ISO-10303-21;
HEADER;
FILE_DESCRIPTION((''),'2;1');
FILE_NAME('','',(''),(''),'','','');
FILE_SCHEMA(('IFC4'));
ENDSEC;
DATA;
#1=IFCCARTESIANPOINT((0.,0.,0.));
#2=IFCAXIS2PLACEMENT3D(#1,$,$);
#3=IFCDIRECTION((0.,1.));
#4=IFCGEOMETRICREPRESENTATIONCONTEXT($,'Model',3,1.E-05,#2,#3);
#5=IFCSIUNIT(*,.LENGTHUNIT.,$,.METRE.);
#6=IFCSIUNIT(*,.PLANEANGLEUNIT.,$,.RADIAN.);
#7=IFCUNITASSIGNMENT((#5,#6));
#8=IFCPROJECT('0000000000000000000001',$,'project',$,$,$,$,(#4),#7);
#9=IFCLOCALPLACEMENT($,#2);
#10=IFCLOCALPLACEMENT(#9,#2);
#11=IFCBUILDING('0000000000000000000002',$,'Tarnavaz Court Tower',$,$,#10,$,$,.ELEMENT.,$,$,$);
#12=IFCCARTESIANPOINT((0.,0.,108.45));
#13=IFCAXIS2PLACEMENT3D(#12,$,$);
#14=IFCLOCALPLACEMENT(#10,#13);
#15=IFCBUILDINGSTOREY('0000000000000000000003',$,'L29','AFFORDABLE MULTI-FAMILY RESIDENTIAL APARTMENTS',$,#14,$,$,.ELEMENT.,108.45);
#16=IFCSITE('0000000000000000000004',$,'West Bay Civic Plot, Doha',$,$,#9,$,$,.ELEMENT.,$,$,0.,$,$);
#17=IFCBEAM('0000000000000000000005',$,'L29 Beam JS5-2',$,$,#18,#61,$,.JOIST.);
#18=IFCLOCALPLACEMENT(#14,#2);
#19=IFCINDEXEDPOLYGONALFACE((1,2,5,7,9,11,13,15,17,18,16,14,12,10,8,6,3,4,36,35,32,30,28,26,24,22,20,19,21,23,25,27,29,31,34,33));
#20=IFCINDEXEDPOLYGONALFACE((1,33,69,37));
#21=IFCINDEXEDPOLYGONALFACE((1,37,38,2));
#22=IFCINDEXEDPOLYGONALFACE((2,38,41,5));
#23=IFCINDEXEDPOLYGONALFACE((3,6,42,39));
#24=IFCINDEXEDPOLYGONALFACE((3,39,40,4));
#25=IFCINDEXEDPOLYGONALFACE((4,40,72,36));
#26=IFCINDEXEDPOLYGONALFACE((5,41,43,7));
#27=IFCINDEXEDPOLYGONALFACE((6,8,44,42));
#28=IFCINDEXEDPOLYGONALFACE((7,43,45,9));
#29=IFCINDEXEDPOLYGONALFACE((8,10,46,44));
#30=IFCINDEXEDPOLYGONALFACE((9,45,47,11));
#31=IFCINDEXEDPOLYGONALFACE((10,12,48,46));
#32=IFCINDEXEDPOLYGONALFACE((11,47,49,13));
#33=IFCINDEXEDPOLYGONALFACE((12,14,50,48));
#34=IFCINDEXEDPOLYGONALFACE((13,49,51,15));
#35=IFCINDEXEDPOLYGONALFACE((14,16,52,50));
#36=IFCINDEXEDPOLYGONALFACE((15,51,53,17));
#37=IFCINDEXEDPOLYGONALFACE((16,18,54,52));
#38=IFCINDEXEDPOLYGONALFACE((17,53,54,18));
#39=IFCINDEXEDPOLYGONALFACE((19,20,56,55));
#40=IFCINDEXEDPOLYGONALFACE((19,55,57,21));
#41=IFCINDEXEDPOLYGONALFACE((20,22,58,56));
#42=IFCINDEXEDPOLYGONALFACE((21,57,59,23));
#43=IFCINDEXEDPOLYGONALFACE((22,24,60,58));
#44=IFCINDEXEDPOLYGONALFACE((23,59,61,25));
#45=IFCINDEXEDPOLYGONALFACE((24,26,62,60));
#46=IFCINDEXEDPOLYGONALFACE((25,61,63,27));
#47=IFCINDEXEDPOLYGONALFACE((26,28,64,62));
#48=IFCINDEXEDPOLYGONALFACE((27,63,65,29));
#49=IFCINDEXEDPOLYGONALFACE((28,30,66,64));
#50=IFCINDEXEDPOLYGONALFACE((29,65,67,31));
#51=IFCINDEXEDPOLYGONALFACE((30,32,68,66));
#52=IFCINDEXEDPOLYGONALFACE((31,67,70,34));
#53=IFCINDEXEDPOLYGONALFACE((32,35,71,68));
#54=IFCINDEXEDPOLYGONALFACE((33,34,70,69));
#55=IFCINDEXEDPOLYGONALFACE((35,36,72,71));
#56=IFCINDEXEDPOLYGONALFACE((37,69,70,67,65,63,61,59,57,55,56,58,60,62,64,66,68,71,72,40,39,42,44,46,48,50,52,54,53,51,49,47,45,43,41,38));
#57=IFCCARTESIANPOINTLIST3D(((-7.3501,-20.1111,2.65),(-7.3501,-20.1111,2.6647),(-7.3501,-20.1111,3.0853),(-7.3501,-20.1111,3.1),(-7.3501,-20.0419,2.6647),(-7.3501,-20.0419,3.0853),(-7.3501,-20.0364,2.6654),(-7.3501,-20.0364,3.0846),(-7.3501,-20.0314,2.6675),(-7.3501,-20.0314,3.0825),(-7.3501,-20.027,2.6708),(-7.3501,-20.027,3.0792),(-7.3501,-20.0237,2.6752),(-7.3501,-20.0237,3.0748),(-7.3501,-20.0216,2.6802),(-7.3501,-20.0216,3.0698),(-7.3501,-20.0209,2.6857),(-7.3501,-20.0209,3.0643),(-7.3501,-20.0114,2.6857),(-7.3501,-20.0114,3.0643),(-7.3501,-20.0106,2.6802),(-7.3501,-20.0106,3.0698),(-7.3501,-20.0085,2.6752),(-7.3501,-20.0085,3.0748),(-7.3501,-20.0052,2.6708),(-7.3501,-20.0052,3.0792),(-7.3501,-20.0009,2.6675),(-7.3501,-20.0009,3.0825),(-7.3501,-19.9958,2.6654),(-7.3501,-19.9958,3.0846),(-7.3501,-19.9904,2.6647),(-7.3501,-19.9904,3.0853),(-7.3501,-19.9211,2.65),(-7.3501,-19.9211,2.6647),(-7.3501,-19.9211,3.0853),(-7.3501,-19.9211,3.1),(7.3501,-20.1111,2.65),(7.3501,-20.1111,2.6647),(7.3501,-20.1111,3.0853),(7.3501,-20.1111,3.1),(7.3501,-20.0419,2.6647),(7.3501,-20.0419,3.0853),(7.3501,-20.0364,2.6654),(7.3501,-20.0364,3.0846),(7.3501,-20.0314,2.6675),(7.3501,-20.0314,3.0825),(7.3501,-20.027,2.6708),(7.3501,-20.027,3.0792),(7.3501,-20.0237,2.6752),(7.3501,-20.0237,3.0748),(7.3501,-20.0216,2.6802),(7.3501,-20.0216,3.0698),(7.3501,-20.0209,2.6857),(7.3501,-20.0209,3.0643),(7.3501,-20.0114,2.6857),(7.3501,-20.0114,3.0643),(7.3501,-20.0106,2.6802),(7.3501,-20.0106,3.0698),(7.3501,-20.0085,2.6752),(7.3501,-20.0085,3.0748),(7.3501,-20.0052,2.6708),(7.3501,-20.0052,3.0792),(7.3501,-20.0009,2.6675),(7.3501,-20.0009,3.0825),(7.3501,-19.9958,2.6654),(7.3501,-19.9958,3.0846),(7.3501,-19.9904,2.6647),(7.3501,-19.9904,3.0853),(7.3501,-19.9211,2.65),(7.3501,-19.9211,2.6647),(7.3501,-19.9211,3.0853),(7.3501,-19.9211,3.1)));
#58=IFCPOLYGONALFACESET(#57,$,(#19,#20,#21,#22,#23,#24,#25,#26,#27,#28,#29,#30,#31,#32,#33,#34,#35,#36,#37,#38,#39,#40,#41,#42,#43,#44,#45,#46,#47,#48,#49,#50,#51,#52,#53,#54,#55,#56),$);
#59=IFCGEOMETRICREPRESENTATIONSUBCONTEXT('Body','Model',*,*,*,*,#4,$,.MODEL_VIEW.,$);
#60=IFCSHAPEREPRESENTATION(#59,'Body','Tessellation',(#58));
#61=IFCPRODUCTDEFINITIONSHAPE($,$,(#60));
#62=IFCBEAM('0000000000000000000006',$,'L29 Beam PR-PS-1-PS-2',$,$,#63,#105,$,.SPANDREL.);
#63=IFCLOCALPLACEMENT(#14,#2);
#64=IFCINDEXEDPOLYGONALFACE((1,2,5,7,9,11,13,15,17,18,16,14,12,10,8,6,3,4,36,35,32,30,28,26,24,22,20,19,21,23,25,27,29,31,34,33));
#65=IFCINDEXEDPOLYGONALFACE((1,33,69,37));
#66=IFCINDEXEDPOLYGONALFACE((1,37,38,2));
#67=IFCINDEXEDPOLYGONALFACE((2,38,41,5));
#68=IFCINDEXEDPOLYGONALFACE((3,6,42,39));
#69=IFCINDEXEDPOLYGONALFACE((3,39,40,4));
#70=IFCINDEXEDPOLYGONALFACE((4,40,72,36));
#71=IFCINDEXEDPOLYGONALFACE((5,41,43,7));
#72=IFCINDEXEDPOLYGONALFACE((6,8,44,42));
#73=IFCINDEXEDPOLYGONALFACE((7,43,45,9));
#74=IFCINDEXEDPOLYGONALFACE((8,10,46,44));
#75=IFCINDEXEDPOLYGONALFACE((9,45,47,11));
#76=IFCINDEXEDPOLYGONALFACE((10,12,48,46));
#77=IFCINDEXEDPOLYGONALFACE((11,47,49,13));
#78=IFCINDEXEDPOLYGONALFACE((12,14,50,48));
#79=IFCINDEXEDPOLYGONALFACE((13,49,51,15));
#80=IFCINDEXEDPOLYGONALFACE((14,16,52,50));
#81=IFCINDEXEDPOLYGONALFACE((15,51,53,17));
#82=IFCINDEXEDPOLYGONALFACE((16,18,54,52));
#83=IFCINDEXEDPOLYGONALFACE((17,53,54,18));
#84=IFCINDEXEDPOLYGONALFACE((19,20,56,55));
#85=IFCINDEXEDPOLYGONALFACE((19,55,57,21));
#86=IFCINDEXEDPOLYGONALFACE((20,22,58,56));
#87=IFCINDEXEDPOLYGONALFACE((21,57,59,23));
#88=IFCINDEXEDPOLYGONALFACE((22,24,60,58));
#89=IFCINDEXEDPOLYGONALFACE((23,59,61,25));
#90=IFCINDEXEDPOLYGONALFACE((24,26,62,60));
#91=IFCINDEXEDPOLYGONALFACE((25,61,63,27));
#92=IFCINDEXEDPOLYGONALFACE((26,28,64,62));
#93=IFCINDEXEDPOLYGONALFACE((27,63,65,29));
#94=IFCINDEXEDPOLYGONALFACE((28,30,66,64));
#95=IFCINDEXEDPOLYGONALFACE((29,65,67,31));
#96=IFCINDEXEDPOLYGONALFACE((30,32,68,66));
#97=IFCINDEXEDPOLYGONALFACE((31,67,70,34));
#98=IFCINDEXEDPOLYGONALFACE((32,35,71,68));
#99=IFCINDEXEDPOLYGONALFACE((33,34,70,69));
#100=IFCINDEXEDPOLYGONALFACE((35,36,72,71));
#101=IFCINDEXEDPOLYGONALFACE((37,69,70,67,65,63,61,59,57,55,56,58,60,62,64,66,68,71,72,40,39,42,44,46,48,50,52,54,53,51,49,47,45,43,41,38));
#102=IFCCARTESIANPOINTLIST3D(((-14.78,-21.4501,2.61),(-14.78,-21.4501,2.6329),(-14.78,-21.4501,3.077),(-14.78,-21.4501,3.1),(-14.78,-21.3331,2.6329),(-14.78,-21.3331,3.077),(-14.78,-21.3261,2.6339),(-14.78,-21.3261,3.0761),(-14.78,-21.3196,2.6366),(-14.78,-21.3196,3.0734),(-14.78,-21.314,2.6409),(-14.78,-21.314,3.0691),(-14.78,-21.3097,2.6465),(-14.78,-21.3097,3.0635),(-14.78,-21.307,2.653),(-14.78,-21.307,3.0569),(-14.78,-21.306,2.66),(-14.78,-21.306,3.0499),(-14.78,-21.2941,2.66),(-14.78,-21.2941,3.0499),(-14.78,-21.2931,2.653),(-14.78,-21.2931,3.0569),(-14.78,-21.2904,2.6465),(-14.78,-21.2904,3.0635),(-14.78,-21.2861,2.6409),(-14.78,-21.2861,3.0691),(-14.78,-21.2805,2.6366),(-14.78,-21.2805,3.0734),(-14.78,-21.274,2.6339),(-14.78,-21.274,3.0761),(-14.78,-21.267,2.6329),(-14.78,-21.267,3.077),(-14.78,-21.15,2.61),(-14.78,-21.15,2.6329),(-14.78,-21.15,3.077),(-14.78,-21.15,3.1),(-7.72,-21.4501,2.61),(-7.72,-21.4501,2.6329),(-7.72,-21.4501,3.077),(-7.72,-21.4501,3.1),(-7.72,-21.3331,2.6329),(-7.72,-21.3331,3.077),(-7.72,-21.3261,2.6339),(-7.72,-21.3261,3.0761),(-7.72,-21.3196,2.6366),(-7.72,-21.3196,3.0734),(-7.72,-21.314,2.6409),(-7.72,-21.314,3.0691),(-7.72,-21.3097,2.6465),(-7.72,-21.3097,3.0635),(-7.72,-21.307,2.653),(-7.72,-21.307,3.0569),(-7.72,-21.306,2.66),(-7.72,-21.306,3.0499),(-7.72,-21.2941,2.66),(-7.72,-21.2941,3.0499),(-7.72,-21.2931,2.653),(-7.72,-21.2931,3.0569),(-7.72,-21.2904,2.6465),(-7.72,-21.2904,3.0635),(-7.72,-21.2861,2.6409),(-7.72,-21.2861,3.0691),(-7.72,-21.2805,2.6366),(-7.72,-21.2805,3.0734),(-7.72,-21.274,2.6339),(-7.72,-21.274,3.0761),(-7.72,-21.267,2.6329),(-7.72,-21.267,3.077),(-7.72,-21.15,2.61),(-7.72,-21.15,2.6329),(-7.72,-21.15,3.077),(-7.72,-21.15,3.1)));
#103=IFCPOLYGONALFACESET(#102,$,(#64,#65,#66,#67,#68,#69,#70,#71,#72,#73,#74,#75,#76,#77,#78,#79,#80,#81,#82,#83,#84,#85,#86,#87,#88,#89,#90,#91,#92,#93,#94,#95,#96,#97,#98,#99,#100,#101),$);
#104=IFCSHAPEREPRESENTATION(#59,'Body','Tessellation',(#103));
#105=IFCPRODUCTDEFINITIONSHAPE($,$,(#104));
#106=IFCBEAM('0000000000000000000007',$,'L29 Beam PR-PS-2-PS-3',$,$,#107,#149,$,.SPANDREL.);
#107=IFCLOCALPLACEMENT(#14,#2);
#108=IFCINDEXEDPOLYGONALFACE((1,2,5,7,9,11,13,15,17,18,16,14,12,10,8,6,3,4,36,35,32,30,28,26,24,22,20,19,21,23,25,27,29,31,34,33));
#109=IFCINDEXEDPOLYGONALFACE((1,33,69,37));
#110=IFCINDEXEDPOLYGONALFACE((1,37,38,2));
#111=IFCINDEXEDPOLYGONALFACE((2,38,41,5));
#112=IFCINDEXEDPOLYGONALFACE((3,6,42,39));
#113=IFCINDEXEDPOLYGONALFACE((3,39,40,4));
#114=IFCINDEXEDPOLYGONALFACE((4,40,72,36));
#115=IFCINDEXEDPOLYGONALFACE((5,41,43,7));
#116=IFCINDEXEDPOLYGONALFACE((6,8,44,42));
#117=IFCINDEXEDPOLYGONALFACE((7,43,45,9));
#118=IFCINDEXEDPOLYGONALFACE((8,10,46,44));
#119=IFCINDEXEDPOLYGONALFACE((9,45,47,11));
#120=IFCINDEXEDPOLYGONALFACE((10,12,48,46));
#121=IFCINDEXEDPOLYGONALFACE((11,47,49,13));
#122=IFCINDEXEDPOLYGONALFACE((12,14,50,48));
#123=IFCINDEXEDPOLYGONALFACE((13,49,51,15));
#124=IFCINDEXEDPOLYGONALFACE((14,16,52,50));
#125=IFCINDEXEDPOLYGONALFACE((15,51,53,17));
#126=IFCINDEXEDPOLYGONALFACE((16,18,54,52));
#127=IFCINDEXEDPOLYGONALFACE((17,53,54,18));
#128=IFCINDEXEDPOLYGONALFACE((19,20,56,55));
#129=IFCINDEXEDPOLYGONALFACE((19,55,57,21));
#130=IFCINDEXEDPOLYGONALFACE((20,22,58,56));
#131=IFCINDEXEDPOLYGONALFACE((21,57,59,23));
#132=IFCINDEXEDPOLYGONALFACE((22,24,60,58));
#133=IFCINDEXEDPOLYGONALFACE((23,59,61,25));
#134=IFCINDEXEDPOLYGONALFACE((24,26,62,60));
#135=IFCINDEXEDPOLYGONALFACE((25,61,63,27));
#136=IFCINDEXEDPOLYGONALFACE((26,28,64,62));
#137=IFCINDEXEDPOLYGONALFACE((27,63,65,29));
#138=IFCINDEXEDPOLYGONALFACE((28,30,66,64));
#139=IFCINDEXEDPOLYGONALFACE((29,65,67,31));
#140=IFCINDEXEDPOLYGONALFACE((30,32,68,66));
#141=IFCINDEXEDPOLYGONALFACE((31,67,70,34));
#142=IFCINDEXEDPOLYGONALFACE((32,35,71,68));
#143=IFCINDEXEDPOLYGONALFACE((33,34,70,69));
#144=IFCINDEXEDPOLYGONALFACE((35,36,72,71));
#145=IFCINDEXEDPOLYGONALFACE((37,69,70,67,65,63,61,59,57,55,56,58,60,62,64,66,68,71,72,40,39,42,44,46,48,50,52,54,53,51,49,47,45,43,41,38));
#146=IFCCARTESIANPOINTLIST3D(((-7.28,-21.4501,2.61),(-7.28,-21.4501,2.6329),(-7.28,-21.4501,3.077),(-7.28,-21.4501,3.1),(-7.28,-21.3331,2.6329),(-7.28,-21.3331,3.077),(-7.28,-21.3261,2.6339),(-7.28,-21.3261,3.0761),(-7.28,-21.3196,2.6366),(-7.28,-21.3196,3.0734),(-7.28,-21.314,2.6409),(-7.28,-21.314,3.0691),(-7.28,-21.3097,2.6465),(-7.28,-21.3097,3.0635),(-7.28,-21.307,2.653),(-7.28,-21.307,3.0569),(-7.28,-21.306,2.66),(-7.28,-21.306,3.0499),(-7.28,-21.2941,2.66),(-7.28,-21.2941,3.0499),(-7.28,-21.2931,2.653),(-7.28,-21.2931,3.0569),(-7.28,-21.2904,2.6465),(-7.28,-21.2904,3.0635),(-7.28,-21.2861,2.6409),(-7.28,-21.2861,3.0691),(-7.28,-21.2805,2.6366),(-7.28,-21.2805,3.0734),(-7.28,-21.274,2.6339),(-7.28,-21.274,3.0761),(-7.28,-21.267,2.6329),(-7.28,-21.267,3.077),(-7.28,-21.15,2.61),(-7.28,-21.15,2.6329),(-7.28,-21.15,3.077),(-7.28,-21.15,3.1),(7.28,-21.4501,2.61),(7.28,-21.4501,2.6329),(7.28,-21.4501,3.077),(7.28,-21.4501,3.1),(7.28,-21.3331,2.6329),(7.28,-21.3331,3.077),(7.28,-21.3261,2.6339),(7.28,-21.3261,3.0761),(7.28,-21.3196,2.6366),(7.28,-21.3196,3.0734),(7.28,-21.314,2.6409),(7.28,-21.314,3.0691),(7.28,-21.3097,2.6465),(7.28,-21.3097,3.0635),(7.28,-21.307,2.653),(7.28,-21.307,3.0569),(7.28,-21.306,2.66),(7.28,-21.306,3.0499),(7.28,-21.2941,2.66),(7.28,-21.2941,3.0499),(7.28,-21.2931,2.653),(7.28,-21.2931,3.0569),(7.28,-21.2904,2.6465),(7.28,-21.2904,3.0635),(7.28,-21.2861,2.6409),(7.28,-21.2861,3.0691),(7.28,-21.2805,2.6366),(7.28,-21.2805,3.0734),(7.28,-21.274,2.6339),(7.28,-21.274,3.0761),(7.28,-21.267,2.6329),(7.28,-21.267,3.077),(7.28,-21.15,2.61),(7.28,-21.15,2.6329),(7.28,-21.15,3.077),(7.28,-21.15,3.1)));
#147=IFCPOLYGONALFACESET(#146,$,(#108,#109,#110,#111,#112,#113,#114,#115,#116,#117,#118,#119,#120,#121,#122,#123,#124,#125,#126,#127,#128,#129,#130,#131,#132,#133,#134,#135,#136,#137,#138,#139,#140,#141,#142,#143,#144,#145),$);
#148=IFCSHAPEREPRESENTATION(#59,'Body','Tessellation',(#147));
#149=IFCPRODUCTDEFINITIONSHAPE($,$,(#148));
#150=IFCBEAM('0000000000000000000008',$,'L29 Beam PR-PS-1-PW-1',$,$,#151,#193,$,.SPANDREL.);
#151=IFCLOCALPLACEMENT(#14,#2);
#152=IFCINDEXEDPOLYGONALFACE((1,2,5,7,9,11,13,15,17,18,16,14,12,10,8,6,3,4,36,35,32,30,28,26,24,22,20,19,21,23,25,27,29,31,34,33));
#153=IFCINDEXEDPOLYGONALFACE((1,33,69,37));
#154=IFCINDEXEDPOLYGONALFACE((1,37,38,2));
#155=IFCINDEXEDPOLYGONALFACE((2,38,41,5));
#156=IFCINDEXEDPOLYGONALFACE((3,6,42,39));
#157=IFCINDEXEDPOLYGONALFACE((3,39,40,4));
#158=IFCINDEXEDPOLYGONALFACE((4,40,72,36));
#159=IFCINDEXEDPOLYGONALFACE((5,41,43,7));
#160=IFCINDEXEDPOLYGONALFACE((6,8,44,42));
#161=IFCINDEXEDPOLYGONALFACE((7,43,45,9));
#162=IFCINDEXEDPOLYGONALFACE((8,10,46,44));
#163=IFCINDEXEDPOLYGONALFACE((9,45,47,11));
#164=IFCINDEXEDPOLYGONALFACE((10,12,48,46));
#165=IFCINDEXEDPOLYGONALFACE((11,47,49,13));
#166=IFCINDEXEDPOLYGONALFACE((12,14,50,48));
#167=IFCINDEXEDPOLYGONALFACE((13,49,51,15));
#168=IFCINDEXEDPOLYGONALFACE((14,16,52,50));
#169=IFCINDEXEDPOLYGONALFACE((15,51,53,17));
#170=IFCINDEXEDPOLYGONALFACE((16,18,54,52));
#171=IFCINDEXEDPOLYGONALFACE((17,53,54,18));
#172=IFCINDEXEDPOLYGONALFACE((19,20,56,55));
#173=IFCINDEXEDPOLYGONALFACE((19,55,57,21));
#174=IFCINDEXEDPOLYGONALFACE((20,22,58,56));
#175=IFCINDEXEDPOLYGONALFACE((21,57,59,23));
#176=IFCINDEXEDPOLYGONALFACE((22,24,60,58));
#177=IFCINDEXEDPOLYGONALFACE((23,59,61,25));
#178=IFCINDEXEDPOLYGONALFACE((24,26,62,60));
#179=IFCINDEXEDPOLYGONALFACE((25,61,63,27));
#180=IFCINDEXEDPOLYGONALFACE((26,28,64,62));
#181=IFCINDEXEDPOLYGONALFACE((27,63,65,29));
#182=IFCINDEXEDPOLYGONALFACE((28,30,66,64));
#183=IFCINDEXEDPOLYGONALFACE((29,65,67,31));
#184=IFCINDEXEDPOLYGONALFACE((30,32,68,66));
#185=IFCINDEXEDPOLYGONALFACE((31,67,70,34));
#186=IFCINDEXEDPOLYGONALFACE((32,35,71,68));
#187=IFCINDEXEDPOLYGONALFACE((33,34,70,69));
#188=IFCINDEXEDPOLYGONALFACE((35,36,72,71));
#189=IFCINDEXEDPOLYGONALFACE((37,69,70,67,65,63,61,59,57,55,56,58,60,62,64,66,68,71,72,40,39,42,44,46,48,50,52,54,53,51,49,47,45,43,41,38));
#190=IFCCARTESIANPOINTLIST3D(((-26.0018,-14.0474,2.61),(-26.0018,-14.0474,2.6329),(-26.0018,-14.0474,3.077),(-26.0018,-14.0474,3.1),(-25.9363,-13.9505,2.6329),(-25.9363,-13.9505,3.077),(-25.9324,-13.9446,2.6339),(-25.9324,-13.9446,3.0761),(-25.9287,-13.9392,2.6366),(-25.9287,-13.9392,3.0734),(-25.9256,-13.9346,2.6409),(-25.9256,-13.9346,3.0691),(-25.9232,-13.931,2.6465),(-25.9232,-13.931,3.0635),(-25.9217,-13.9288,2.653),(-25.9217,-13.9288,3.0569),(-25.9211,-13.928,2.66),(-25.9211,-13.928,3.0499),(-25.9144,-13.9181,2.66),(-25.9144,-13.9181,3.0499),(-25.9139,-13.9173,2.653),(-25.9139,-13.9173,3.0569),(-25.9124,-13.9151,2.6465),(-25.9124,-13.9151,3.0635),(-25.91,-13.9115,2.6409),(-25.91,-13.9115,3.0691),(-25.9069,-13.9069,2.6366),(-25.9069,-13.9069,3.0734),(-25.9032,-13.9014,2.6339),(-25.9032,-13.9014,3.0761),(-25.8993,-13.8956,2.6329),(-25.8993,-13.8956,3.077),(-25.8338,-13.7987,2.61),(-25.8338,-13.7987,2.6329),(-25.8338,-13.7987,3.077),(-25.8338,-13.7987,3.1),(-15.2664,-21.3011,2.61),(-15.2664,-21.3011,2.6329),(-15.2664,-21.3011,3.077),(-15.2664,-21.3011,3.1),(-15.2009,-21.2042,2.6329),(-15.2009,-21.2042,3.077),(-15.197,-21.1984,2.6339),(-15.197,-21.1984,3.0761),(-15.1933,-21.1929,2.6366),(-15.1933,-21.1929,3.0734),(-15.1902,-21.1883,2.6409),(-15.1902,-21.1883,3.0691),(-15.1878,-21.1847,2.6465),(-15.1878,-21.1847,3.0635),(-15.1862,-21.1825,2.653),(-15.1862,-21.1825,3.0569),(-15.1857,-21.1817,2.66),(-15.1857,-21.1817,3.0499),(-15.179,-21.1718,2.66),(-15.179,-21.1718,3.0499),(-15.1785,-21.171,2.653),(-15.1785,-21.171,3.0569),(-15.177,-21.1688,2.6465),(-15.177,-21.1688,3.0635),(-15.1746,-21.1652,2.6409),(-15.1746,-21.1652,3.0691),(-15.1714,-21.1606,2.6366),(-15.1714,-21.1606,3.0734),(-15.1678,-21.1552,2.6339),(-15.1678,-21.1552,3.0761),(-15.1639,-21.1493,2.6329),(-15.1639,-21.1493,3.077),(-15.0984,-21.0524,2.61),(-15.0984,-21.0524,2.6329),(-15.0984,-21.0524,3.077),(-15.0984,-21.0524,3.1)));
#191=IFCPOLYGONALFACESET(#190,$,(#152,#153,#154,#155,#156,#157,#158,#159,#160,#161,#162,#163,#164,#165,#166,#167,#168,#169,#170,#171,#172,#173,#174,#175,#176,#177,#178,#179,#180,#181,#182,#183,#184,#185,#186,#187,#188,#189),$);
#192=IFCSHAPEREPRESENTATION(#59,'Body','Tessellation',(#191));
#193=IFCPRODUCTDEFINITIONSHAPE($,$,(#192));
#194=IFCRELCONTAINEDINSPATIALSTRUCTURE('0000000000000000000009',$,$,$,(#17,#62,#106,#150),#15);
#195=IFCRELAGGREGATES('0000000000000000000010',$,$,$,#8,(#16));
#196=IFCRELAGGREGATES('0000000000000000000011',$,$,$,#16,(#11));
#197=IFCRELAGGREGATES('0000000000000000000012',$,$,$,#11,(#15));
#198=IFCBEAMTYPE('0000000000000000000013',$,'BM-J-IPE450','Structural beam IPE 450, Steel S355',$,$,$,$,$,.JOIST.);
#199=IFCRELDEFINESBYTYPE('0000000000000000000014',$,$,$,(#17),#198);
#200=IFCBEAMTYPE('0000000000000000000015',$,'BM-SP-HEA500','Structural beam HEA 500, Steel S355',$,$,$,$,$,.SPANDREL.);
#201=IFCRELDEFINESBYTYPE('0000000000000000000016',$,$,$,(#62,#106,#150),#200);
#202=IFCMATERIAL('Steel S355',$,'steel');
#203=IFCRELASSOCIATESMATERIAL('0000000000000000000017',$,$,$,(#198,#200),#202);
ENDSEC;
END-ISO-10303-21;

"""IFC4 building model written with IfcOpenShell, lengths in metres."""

from ifc_helpers import new_model, si_unit, direction, frame, origin, origin_2d, place, context, subcontext, project, spatial, i_section, extrude, material, material_profile, profile_set, type_object, element, save


model = new_model("IFC4")

# Units and contexts
model_context = context("Model", 3, precision=1e-05, world=origin(), true_north=direction((0.0, 1.0)))
body_context = subcontext(model_context, "Body", "Model", "MODEL_VIEW")
ifc_project = project(units=[si_unit("LENGTHUNIT", "METRE"), si_unit("PLANEANGLEUNIT", "RADIAN")], contexts=[model_context])

# Site, building, storey
site_placement = place(None, origin())
site = spatial("IfcSite", under=ifc_project, at=site_placement, Name="West Bay Civic Plot, Doha", CompositionType="ELEMENT", RefElevation=0.0)
building_placement = place(site_placement, origin())
building = spatial("IfcBuilding", under=site, at=building_placement, Name="Tarnavaz Court Tower", CompositionType="ELEMENT")
storey_placement = place(building_placement, frame((0.0, 0.0, 108.45)))
storey = spatial("IfcBuildingStorey", under=building, at=storey_placement, Name="L29", Description="AFFORDABLE MULTI-FAMILY RESIDENTIAL APARTMENTS", CompositionType="ELEMENT", Elevation=108.45)

# Beams
ifc_material_1 = material(Name="Steel S355", Category="steel")
ifc_material_profile_1 = material_profile(ifc_material_1, i_section(OverallWidth=0.1899, OverallDepth=0.45, WebThickness=0.0095, FlangeThickness=0.0146, FilletRadius=0.021, at=origin_2d()), Name="IPE 450")
ifc_profile_set_1 = profile_set([ifc_material_profile_1], Name="Steel S355")
beam_type_1 = type_object("IfcBeamType", Name="BM-J-IPE450", Description="Structural beam IPE 450, Steel S355", PredefinedType="JOIST", material=ifc_profile_set_1)
beam_1_placement = place(storey_placement, frame((-7.3501, -20.0161, 2.875), z_axis=(1.0, 0.0, 0.0), x_axis=(0.0, 1.0, 0.0)))
element("IfcBeam", 1, at=beam_1_placement, inside=storey, type_object=beam_type_1, Name="L29 Beam JS5-2", PredefinedType="JOIST", context=body_context, shape_type="SweptSolid", body=[
    extrude(i_section(OverallWidth=0.1899, OverallDepth=0.45, WebThickness=0.0095, FlangeThickness=0.0146, FilletRadius=0.021, at=origin_2d()), origin(), (0.0, 0.0, 1.0), 14.7002),
])
ifc_material_profile_2 = material_profile(ifc_material_1, i_section(OverallWidth=0.3, OverallDepth=0.49, WebThickness=0.012, FlangeThickness=0.0229, FilletRadius=0.0271, at=origin_2d()), Name="HEA 500")
ifc_profile_set_2 = profile_set([ifc_material_profile_2], Name="Steel S355")
beam_type_2 = type_object("IfcBeamType", Name="BM-SP-HEA500", Description="Structural beam HEA 500, Steel S355", PredefinedType="SPANDREL", material=ifc_profile_set_2)
beam_2_placement = place(storey_placement, frame((-14.78, -21.3, 2.855), z_axis=(1.0, 0.0, 0.0), x_axis=(0.0, 1.0, 0.0)))
element("IfcBeam", 2, at=beam_2_placement, inside=storey, type_object=beam_type_2, Name="L29 Beam PR-PS-1-PS-2", PredefinedType="SPANDREL", context=body_context, shape_type="SweptSolid", body=[
    extrude(i_section(OverallWidth=0.3, OverallDepth=0.49, WebThickness=0.012, FlangeThickness=0.0229, FilletRadius=0.0271, at=origin_2d()), origin(), (0.0, 0.0, 1.0), 7.0601),
])
beam_3_placement = place(storey_placement, frame((-7.28, -21.3, 2.855), z_axis=(1.0, 0.0, 0.0), x_axis=(0.0, 1.0, 0.0)))
element("IfcBeam", 3, at=beam_3_placement, inside=storey, type_object=beam_type_2, Name="L29 Beam PR-PS-2-PS-3", PredefinedType="SPANDREL", context=body_context, shape_type="SweptSolid", body=[
    extrude(i_section(OverallWidth=0.3, OverallDepth=0.49, WebThickness=0.012, FlangeThickness=0.0229, FilletRadius=0.0271, at=origin_2d()), origin(), (0.0, 0.0, 1.0), 14.5601),
])
beam_4_placement = place(storey_placement, frame((-15.1824, -21.1768, 2.855), z_axis=(-0.828587, 0.55986, 0.0), x_axis=(-0.55986, -0.828587, 0.0)))
element("IfcBeam", 4, at=beam_4_placement, inside=storey, type_object=beam_type_2, Name="L29 Beam PR-PS-1-PW-1", PredefinedType="SPANDREL", context=body_context, shape_type="SweptSolid", body=[
    extrude(i_section(OverallWidth=0.3, OverallDepth=0.49, WebThickness=0.012, FlangeThickness=0.0229, FilletRadius=0.0271, at=origin_2d()), origin(), (0.0, 0.0, 1.0), 12.9563),
])

save(model, "model.ifc")
